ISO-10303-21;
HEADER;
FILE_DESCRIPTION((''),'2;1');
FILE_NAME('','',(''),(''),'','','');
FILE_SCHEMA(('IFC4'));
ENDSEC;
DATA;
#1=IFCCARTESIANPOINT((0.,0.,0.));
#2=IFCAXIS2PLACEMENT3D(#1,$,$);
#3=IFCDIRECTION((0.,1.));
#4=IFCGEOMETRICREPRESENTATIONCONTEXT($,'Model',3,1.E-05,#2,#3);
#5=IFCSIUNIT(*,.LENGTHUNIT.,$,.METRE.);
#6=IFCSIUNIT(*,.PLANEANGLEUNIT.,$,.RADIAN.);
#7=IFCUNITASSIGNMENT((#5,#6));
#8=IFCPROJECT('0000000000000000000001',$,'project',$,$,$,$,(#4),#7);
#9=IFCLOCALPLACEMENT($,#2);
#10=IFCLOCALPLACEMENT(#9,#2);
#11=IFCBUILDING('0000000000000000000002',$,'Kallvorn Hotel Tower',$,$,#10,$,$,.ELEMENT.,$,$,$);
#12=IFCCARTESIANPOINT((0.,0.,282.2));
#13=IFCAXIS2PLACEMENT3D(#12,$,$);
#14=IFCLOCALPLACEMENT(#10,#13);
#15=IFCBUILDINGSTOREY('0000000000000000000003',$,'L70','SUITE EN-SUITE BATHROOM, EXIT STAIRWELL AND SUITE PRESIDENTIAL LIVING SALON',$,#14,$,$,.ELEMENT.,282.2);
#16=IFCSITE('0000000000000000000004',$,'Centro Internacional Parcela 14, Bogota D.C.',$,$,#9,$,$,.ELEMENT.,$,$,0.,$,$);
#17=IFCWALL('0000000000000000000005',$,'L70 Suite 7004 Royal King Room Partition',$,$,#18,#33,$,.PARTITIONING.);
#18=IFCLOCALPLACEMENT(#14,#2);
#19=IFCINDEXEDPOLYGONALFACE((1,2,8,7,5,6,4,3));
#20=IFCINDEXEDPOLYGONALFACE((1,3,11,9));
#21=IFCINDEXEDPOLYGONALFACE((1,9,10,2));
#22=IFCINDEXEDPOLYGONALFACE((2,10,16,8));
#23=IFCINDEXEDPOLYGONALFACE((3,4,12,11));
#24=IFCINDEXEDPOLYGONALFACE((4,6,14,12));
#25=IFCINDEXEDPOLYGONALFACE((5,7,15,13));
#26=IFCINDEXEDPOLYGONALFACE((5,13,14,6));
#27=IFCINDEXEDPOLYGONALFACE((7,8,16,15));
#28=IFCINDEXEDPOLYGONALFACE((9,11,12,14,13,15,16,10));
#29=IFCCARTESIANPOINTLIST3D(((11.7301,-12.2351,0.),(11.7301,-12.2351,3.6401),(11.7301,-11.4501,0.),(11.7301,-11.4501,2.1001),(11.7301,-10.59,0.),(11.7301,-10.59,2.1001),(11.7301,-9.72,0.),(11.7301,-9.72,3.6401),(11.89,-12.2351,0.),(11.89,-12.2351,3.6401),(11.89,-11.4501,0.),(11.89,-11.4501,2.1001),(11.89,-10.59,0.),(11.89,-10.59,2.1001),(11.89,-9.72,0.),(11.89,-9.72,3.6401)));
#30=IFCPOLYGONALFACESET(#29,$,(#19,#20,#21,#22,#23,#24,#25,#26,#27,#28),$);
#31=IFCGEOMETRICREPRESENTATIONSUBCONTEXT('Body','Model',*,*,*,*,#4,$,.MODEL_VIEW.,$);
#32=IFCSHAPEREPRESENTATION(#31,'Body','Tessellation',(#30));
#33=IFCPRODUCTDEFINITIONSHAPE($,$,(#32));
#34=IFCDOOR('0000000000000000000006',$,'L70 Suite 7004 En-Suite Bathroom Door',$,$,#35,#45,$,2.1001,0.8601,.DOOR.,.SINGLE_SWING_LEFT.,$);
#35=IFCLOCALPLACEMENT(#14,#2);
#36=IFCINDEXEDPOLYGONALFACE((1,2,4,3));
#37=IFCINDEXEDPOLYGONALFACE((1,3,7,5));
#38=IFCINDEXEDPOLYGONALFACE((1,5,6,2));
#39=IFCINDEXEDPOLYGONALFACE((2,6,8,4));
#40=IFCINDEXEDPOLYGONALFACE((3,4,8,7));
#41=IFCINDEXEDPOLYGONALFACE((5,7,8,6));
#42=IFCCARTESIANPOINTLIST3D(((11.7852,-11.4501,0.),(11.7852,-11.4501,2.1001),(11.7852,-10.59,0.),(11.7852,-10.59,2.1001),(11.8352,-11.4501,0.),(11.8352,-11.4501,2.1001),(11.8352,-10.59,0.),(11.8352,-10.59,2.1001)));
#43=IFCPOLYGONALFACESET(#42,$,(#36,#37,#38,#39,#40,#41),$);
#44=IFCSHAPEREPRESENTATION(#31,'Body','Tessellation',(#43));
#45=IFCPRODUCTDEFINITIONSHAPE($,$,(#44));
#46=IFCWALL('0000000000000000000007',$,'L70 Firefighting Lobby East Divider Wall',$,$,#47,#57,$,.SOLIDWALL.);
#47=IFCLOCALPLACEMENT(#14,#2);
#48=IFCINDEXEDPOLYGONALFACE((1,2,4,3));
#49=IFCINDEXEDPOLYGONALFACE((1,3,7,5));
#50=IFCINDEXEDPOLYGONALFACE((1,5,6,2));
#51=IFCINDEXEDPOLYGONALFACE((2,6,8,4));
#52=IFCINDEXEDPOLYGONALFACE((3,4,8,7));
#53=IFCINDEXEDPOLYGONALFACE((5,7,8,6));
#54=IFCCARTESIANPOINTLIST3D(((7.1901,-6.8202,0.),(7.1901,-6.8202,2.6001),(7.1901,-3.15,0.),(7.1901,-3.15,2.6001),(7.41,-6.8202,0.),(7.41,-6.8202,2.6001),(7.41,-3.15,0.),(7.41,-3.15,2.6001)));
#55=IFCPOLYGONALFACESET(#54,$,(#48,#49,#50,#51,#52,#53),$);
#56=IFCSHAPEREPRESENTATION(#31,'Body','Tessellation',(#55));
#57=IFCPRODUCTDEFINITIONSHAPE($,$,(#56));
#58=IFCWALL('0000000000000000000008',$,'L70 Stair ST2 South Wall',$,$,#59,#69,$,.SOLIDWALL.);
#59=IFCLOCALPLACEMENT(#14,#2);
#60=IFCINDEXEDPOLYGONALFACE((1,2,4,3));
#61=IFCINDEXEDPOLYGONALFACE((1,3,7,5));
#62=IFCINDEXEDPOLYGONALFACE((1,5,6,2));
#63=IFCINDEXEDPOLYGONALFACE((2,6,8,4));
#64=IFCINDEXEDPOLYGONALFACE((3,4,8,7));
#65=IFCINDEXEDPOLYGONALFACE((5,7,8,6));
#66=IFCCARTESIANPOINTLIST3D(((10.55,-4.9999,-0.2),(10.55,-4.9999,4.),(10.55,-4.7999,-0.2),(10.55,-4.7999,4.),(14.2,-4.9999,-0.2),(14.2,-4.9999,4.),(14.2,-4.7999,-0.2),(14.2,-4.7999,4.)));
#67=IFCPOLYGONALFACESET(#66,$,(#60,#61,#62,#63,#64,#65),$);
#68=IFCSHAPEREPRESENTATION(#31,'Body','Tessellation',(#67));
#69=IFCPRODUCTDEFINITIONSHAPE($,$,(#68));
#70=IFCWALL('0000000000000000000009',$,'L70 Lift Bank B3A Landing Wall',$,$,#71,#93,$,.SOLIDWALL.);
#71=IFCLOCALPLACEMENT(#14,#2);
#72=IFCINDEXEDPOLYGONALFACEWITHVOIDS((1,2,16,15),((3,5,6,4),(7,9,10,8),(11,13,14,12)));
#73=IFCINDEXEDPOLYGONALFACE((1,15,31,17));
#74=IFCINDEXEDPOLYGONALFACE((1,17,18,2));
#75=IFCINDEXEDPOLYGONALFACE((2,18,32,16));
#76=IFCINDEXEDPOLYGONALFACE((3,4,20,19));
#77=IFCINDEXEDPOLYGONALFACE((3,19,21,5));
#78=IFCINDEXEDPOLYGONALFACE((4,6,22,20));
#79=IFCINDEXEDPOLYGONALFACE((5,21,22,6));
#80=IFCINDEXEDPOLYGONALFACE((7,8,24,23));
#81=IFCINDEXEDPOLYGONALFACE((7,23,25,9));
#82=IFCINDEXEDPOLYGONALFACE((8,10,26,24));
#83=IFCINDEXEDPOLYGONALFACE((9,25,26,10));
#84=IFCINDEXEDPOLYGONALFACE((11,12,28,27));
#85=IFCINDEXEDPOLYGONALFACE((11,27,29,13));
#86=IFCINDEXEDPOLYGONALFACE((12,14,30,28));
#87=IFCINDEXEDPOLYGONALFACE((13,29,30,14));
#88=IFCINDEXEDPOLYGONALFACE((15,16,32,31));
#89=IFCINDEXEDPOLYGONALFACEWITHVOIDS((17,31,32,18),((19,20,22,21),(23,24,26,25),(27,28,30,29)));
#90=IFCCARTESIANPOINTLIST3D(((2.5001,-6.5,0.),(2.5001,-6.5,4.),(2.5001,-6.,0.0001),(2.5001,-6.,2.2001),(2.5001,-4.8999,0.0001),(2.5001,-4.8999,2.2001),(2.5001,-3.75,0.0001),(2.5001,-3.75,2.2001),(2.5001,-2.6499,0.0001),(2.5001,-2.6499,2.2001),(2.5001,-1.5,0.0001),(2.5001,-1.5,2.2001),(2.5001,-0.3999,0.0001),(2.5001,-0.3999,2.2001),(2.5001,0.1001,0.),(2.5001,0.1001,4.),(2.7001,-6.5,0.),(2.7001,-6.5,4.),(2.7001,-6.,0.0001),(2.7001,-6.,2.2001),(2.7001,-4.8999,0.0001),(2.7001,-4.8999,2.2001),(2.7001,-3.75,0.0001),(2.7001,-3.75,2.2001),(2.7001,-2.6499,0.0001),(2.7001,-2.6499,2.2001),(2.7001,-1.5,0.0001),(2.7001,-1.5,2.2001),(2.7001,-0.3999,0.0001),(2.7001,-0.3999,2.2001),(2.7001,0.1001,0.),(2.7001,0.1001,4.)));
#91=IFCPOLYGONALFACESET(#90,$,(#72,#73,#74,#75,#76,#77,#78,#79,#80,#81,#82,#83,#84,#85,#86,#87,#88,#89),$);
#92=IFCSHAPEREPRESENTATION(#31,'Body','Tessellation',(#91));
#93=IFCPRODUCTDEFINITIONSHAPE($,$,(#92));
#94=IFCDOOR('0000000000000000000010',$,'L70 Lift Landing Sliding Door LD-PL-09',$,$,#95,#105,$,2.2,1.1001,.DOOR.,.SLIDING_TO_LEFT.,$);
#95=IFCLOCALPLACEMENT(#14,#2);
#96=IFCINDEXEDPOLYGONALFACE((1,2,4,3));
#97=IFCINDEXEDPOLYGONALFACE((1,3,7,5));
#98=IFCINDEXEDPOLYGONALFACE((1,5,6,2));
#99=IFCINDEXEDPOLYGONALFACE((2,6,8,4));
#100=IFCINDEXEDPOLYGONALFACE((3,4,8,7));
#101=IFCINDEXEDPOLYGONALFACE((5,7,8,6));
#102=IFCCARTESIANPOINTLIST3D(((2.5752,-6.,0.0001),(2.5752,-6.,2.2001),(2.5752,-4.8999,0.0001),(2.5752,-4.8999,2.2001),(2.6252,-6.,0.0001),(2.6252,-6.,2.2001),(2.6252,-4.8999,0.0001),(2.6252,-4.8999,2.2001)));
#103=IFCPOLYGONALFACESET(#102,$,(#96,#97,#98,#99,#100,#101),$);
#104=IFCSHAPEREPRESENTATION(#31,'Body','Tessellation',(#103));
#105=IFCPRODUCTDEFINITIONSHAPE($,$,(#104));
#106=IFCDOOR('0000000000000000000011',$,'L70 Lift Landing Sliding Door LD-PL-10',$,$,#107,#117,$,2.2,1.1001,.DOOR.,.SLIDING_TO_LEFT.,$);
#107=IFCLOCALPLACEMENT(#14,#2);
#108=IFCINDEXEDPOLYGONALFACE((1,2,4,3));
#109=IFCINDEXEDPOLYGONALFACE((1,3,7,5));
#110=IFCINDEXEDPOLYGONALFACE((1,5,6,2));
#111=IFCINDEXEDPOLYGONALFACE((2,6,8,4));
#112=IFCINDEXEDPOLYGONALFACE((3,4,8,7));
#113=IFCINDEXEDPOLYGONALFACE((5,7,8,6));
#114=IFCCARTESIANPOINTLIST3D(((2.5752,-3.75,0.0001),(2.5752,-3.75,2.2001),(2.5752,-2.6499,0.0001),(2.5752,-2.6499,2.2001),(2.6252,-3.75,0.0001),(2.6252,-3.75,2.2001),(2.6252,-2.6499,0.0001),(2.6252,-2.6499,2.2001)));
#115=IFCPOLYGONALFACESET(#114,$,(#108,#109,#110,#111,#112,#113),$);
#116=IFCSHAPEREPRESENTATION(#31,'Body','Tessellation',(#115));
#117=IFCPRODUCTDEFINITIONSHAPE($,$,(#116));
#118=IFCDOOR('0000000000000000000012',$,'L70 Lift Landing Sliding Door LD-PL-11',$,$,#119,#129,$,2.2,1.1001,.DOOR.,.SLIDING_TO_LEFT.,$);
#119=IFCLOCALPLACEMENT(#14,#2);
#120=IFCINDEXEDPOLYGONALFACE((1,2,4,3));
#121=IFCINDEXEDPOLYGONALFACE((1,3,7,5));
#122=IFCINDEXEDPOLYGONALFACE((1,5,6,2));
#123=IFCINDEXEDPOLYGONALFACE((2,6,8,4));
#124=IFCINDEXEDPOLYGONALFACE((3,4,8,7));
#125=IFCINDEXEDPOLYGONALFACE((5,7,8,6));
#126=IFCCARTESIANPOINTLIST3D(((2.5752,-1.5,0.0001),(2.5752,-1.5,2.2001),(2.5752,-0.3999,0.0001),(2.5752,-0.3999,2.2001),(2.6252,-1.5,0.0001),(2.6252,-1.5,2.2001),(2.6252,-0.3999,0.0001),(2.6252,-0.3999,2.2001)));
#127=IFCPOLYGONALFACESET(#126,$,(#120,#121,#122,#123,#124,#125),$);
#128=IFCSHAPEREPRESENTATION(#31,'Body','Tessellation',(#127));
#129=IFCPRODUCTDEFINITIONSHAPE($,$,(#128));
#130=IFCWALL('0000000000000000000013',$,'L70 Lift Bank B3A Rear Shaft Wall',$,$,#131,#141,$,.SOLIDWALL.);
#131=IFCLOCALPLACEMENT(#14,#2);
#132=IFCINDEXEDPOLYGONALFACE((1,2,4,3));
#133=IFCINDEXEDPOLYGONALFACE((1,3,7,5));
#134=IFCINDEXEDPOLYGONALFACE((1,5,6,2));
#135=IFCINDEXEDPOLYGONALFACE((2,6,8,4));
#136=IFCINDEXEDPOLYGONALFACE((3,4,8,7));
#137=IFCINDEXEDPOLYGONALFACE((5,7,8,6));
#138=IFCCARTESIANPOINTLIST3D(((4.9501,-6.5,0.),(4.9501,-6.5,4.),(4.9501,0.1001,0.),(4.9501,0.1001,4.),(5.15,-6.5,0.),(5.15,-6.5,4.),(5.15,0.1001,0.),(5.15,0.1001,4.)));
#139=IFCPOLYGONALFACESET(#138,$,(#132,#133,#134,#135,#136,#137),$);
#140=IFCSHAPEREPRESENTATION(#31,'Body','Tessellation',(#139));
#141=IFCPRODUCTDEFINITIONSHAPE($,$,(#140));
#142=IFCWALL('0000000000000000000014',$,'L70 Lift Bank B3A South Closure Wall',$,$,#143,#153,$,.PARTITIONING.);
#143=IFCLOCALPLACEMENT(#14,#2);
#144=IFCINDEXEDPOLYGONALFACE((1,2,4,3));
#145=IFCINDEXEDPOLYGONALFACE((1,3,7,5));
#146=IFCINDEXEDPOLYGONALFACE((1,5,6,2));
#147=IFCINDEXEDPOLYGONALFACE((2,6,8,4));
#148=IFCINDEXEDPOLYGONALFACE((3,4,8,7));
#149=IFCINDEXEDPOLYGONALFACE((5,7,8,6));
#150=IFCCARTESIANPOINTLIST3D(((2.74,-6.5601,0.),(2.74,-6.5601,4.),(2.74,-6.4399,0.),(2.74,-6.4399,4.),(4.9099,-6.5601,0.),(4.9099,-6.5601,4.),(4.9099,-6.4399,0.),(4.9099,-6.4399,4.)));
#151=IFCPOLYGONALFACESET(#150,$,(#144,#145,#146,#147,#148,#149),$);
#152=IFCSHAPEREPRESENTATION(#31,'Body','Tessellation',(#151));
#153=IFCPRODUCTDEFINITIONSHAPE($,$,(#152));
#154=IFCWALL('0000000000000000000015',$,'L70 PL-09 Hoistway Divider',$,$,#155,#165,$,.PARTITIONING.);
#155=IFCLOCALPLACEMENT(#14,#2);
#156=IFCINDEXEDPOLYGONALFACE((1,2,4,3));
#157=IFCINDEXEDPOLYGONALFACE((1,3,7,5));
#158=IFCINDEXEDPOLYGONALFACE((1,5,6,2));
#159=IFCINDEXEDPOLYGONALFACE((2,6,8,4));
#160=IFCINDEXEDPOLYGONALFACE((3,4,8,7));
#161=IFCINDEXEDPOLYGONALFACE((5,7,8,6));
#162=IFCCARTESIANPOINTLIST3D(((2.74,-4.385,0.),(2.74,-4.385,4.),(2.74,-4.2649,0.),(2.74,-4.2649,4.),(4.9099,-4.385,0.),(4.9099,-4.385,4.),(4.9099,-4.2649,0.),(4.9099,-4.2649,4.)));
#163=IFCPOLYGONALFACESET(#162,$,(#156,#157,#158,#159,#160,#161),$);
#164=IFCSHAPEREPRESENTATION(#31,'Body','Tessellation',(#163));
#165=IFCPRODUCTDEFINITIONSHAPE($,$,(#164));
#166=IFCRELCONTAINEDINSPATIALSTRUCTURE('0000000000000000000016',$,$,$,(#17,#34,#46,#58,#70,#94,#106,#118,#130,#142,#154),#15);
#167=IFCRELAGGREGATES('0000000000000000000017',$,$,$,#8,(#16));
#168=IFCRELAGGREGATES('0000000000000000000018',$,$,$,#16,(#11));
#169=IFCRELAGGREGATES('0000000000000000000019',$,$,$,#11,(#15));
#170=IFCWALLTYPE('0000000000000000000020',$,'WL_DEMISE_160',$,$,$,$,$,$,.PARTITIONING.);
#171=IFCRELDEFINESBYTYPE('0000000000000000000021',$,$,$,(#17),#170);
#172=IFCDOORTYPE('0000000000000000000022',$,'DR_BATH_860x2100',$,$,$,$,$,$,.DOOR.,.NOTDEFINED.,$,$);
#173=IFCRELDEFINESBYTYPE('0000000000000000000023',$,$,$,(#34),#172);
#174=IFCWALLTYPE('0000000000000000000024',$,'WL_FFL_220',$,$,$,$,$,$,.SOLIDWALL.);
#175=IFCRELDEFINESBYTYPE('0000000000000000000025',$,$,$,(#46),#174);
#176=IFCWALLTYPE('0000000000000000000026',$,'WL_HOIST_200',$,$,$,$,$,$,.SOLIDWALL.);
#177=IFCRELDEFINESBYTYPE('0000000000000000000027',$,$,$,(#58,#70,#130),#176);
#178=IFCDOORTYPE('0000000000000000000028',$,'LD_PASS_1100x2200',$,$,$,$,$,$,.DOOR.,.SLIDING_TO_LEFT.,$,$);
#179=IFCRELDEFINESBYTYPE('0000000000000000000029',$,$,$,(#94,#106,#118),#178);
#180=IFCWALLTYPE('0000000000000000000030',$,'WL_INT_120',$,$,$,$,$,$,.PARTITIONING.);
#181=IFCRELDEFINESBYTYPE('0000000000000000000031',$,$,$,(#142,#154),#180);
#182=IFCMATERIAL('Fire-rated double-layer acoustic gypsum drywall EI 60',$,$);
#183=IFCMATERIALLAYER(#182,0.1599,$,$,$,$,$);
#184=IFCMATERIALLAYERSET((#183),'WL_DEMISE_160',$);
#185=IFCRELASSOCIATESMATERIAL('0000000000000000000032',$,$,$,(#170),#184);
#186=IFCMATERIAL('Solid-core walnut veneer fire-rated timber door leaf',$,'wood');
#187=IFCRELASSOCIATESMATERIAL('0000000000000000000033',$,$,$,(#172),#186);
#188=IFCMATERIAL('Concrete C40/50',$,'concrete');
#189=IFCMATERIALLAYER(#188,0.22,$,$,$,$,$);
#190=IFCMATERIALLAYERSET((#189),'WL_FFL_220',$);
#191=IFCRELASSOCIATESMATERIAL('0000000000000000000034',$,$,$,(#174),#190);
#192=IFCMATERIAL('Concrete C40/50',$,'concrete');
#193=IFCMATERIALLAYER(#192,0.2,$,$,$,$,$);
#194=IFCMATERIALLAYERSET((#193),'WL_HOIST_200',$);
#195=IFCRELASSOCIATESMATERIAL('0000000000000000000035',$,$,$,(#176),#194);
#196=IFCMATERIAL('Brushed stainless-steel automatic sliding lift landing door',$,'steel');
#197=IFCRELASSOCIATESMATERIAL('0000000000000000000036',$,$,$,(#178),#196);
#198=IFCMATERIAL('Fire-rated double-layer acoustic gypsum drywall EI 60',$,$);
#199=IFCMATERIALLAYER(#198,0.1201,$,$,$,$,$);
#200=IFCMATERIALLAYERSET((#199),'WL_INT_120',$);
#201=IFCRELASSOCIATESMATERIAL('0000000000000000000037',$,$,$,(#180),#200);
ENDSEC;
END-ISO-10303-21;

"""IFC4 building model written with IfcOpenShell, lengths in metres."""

from ifc_helpers import new_model, si_unit, direction, frame, frame_2d, origin, place, context, subcontext, project, spatial, rectangle, extrude, material, layer, layer_set, type_object, element, fill, save


model = new_model("IFC4")

# Units and contexts
model_context = context("Model", 3, precision=1e-05, world=origin(), true_north=direction((0.0, 1.0)))
body_context = subcontext(model_context, "Body", "Model", "MODEL_VIEW")
ifc_project = project(units=[si_unit("LENGTHUNIT", "METRE"), si_unit("PLANEANGLEUNIT", "RADIAN")], contexts=[model_context])

# Site, building, storey
site_placement = place(None, origin())
site = spatial("IfcSite", under=ifc_project, at=site_placement, Name="Centro Internacional Parcela 14, Bogota D.C.", CompositionType="ELEMENT", RefElevation=0.0)
building_placement = place(site_placement, origin())
building = spatial("IfcBuilding", under=site, at=building_placement, Name="Kallvorn Hotel Tower", CompositionType="ELEMENT")
storey_placement = place(building_placement, frame((0.0, 0.0, 282.2)))
storey = spatial("IfcBuildingStorey", under=building, at=storey_placement, Name="L70", Description="SUITE EN-SUITE BATHROOM, EXIT STAIRWELL AND SUITE PRESIDENTIAL LIVING SALON", CompositionType="ELEMENT", Elevation=282.2)

# Shared definitions
ifc_material_1 = material(Name="Fire-rated double-layer acoustic gypsum drywall EI 60")
ifc_layer_1 = layer(ifc_material_1, 0.1599)
ifc_layer_set_1 = layer_set([ifc_layer_1], Name="WL_DEMISE_160")
wall_type_1 = type_object("IfcWallType", Name="WL_DEMISE_160", PredefinedType="PARTITIONING", material=ifc_layer_set_1)

# Wall, opening, door
wall_1_placement = place(storey_placement, frame((11.8101, -12.2351, 0.0), z_axis=(0.0, 0.0, 1.0), x_axis=(0.0, 1.0, 0.0)))
wall_1 = element("IfcWall", 1, at=wall_1_placement, inside=storey, type_object=wall_type_1, Name="L70 Suite 7004 Royal King Room Partition", PredefinedType="PARTITIONING", context=body_context, shape_type="SweptSolid", body=[
    extrude(rectangle(XDim=2.5151, YDim=0.1599, at=frame_2d((1.2576, 0.0))), origin(), (0.0, 0.0, 1.0), 3.6401),
])
opening_1_placement = place(wall_1_placement, frame((0.7849, 0.0, 0.0)))
opening_1 = element("IfcOpeningElement", 2, at=opening_1_placement, cuts=wall_1, PredefinedType="OPENING", context=body_context, shape_type="SweptSolid", body=[
    extrude(rectangle(XDim=0.8601, YDim=2.1001, at=frame_2d((0.4302, 1.05))), frame((0.0, 0.095, 0.0), z_axis=(0.0, -1.0, 0.0), x_axis=(1.0, 0.0, 0.0)), (0.0, 0.0, 1.0), 0.1899),
])
ifc_material_2 = material(Name="Solid-core walnut veneer fire-rated timber door leaf", Category="wood")
door_type_1 = type_object("IfcDoorType", Name="DR_BATH_860x2100", OperationType="NOTDEFINED", PredefinedType="DOOR", material=ifc_material_2)
door_1_placement = place(opening_1_placement, origin())
door_1 = element("IfcDoor", 3, at=door_1_placement, inside=storey, type_object=door_type_1, Name="L70 Suite 7004 En-Suite Bathroom Door", OperationType="SINGLE_SWING_LEFT", OverallHeight=2.1001, OverallWidth=0.8601, PredefinedType="DOOR", context=body_context, shape_type="SweptSolid", body=[
    extrude(rectangle(XDim=0.8601, YDim=2.1001, at=frame_2d((0.4302, 1.05))), frame((0.0, 0.0249, 0.0), z_axis=(0.0, -1.0, 0.0), x_axis=(1.0, 0.0, 0.0)), (0.0, 0.0, 1.0), 0.05),
])
fill(opening_1, door_1)

# Walls
ifc_material_3 = material(Name="Concrete C40/50", Category="concrete")
ifc_layer_2 = layer(ifc_material_3, 0.22)
ifc_layer_set_2 = layer_set([ifc_layer_2], Name="WL_FFL_220")
wall_type_2 = type_object("IfcWallType", Name="WL_FFL_220", PredefinedType="SOLIDWALL", material=ifc_layer_set_2)
wall_2_placement = place(storey_placement, frame((7.3, -6.8201, 0.0), z_axis=(0.0, 0.0, 1.0), x_axis=(0.0, 1.0, 0.0)))
element("IfcWall", 4, at=wall_2_placement, inside=storey, type_object=wall_type_2, Name="L70 Firefighting Lobby East Divider Wall", PredefinedType="SOLIDWALL", context=body_context, shape_type="SweptSolid", body=[
    extrude(rectangle(XDim=3.6702, YDim=0.22, at=frame_2d((1.835, 0.0))), origin(), (0.0, 0.0, 1.0), 2.6001),
])
ifc_material_4 = material(Name="Concrete C40/50", Category="concrete")
ifc_layer_3 = layer(ifc_material_4, 0.2)
ifc_layer_set_3 = layer_set([ifc_layer_3], Name="WL_HOIST_200")
wall_type_3 = type_object("IfcWallType", Name="WL_HOIST_200", PredefinedType="SOLIDWALL", material=ifc_layer_set_3)
wall_3_placement = place(storey_placement, frame((10.55, -4.8999, -0.2), z_axis=(0.0, 0.0, 1.0), x_axis=(1.0, 0.0, 0.0)))
element("IfcWall", 5, at=wall_3_placement, inside=storey, type_object=wall_type_3, Name="L70 Stair ST2 South Wall", PredefinedType="SOLIDWALL", context=body_context, shape_type="SweptSolid", body=[
    extrude(rectangle(XDim=3.6499, YDim=0.2, at=frame_2d((1.825, 0.0))), origin(), (0.0, 0.0, 1.0), 4.2),
])

# Wall, openings, doors
wall_4_placement = place(storey_placement, frame((2.6001, -6.5, 0.0), z_axis=(0.0, 0.0, 1.0), x_axis=(0.0, 1.0, 0.0)))
wall_4 = element("IfcWall", 6, at=wall_4_placement, inside=storey, type_object=wall_type_3, Name="L70 Lift Bank B3A Landing Wall", PredefinedType="SOLIDWALL", context=body_context, shape_type="SweptSolid", body=[
    extrude(rectangle(XDim=6.6001, YDim=0.2, at=frame_2d((3.3, 0.0))), origin(), (0.0, 0.0, 1.0), 4.0),
])
opening_2_placement = place(wall_4_placement, frame((0.5, 0.0, 0.0)))
opening_2 = element("IfcOpeningElement", 7, at=opening_2_placement, cuts=wall_4, PredefinedType="OPENING", context=body_context, shape_type="SweptSolid", body=[
    extrude(rectangle(XDim=1.1001, YDim=2.2, at=frame_2d((0.55, 1.1001))), frame((0.0, 0.115, 0.0), z_axis=(0.0, -1.0, 0.0), x_axis=(1.0, 0.0, 0.0)), (0.0, 0.0, 1.0), 0.23),
])
opening_3_placement = place(wall_4_placement, frame((2.75, 0.0, 0.0)))
opening_3 = element("IfcOpeningElement", 8, at=opening_3_placement, cuts=wall_4, PredefinedType="OPENING", context=body_context, shape_type="SweptSolid", body=[
    extrude(rectangle(XDim=1.1001, YDim=2.2, at=frame_2d((0.55, 1.1001))), frame((0.0, 0.115, 0.0), z_axis=(0.0, -1.0, 0.0), x_axis=(1.0, 0.0, 0.0)), (0.0, 0.0, 1.0), 0.23),
])
opening_4_placement = place(wall_4_placement, frame((5.0, 0.0, 0.0)))
opening_4 = element("IfcOpeningElement", 9, at=opening_4_placement, cuts=wall_4, PredefinedType="OPENING", context=body_context, shape_type="SweptSolid", body=[
    extrude(rectangle(XDim=1.1001, YDim=2.2, at=frame_2d((0.55, 1.1001))), frame((0.0, 0.115, 0.0), z_axis=(0.0, -1.0, 0.0), x_axis=(1.0, 0.0, 0.0)), (0.0, 0.0, 1.0), 0.23),
])
ifc_material_5 = material(Name="Brushed stainless-steel automatic sliding lift landing door", Category="steel")
door_type_2 = type_object("IfcDoorType", Name="LD_PASS_1100x2200", OperationType="SLIDING_TO_LEFT", PredefinedType="DOOR", material=ifc_material_5)
door_2_placement = place(opening_2_placement, origin())
door_2 = element("IfcDoor", 10, at=door_2_placement, inside=storey, type_object=door_type_2, Name="L70 Lift Landing Sliding Door LD-PL-09", OperationType="SLIDING_TO_LEFT", OverallHeight=2.2, OverallWidth=1.1001, PredefinedType="DOOR", context=body_context, shape_type="SweptSolid", body=[
    extrude(rectangle(XDim=1.1001, YDim=2.2, at=frame_2d((0.55, 1.1001))), frame((0.0, 0.0249, 0.0), z_axis=(0.0, -1.0, 0.0), x_axis=(1.0, 0.0, 0.0)), (0.0, 0.0, 1.0), 0.05),
])
fill(opening_2, door_2)
door_3_placement = place(opening_3_placement, origin())
door_3 = element("IfcDoor", 11, at=door_3_placement, inside=storey, type_object=door_type_2, Name="L70 Lift Landing Sliding Door LD-PL-10", OperationType="SLIDING_TO_LEFT", OverallHeight=2.2, OverallWidth=1.1001, PredefinedType="DOOR", context=body_context, shape_type="SweptSolid", body=[
    extrude(rectangle(XDim=1.1001, YDim=2.2, at=frame_2d((0.55, 1.1001))), frame((0.0, 0.0249, 0.0), z_axis=(0.0, -1.0, 0.0), x_axis=(1.0, 0.0, 0.0)), (0.0, 0.0, 1.0), 0.05),
])
fill(opening_3, door_3)
door_4_placement = place(opening_4_placement, origin())
door_4 = element("IfcDoor", 12, at=door_4_placement, inside=storey, type_object=door_type_2, Name="L70 Lift Landing Sliding Door LD-PL-11", OperationType="SLIDING_TO_LEFT", OverallHeight=2.2, OverallWidth=1.1001, PredefinedType="DOOR", context=body_context, shape_type="SweptSolid", body=[
    extrude(rectangle(XDim=1.1001, YDim=2.2, at=frame_2d((0.55, 1.1001))), frame((0.0, 0.0249, 0.0), z_axis=(0.0, -1.0, 0.0), x_axis=(1.0, 0.0, 0.0)), (0.0, 0.0, 1.0), 0.05),
])
fill(opening_4, door_4)

# Walls
wall_5_placement = place(storey_placement, frame((5.05, -6.5, 0.0), z_axis=(0.0, 0.0, 1.0), x_axis=(0.0, 1.0, 0.0)))
element("IfcWall", 13, at=wall_5_placement, inside=storey, type_object=wall_type_3, Name="L70 Lift Bank B3A Rear Shaft Wall", PredefinedType="SOLIDWALL", context=body_context, shape_type="SweptSolid", body=[
    extrude(rectangle(XDim=6.6001, YDim=0.2, at=frame_2d((3.3, 0.0))), origin(), (0.0, 0.0, 1.0), 4.0),
])
ifc_material_6 = material(Name="Fire-rated double-layer acoustic gypsum drywall EI 60")
ifc_layer_4 = layer(ifc_material_6, 0.1201)
ifc_layer_set_4 = layer_set([ifc_layer_4], Name="WL_INT_120")
wall_type_4 = type_object("IfcWallType", Name="WL_INT_120", PredefinedType="PARTITIONING", material=ifc_layer_set_4)
for number, where, z_axis, x_axis, name in (
    (14, (2.74, -6.5, 0.0), (0.0, 0.0, 1.0), (1.0, 0.0, 0.0), "L70 Lift Bank B3A South Closure Wall"),
    (15, (2.74, -4.325, 0.0), (0.0, 0.0, 1.0), (1.0, 0.0, 0.0), "L70 PL-09 Hoistway Divider"),
):
    element("IfcWall", number, at=place(storey_placement, frame(where, z_axis=z_axis, x_axis=x_axis)), inside=storey, type_object=wall_type_4, Name=name, PredefinedType="PARTITIONING", context=body_context, shape_type="SweptSolid", body=[
        extrude(rectangle(XDim=2.1699, YDim=0.1201, at=frame_2d((1.085, 0.0))), origin(), (0.0, 0.0, 1.0), 4.0),
    ])

save(model, "model.ifc")
